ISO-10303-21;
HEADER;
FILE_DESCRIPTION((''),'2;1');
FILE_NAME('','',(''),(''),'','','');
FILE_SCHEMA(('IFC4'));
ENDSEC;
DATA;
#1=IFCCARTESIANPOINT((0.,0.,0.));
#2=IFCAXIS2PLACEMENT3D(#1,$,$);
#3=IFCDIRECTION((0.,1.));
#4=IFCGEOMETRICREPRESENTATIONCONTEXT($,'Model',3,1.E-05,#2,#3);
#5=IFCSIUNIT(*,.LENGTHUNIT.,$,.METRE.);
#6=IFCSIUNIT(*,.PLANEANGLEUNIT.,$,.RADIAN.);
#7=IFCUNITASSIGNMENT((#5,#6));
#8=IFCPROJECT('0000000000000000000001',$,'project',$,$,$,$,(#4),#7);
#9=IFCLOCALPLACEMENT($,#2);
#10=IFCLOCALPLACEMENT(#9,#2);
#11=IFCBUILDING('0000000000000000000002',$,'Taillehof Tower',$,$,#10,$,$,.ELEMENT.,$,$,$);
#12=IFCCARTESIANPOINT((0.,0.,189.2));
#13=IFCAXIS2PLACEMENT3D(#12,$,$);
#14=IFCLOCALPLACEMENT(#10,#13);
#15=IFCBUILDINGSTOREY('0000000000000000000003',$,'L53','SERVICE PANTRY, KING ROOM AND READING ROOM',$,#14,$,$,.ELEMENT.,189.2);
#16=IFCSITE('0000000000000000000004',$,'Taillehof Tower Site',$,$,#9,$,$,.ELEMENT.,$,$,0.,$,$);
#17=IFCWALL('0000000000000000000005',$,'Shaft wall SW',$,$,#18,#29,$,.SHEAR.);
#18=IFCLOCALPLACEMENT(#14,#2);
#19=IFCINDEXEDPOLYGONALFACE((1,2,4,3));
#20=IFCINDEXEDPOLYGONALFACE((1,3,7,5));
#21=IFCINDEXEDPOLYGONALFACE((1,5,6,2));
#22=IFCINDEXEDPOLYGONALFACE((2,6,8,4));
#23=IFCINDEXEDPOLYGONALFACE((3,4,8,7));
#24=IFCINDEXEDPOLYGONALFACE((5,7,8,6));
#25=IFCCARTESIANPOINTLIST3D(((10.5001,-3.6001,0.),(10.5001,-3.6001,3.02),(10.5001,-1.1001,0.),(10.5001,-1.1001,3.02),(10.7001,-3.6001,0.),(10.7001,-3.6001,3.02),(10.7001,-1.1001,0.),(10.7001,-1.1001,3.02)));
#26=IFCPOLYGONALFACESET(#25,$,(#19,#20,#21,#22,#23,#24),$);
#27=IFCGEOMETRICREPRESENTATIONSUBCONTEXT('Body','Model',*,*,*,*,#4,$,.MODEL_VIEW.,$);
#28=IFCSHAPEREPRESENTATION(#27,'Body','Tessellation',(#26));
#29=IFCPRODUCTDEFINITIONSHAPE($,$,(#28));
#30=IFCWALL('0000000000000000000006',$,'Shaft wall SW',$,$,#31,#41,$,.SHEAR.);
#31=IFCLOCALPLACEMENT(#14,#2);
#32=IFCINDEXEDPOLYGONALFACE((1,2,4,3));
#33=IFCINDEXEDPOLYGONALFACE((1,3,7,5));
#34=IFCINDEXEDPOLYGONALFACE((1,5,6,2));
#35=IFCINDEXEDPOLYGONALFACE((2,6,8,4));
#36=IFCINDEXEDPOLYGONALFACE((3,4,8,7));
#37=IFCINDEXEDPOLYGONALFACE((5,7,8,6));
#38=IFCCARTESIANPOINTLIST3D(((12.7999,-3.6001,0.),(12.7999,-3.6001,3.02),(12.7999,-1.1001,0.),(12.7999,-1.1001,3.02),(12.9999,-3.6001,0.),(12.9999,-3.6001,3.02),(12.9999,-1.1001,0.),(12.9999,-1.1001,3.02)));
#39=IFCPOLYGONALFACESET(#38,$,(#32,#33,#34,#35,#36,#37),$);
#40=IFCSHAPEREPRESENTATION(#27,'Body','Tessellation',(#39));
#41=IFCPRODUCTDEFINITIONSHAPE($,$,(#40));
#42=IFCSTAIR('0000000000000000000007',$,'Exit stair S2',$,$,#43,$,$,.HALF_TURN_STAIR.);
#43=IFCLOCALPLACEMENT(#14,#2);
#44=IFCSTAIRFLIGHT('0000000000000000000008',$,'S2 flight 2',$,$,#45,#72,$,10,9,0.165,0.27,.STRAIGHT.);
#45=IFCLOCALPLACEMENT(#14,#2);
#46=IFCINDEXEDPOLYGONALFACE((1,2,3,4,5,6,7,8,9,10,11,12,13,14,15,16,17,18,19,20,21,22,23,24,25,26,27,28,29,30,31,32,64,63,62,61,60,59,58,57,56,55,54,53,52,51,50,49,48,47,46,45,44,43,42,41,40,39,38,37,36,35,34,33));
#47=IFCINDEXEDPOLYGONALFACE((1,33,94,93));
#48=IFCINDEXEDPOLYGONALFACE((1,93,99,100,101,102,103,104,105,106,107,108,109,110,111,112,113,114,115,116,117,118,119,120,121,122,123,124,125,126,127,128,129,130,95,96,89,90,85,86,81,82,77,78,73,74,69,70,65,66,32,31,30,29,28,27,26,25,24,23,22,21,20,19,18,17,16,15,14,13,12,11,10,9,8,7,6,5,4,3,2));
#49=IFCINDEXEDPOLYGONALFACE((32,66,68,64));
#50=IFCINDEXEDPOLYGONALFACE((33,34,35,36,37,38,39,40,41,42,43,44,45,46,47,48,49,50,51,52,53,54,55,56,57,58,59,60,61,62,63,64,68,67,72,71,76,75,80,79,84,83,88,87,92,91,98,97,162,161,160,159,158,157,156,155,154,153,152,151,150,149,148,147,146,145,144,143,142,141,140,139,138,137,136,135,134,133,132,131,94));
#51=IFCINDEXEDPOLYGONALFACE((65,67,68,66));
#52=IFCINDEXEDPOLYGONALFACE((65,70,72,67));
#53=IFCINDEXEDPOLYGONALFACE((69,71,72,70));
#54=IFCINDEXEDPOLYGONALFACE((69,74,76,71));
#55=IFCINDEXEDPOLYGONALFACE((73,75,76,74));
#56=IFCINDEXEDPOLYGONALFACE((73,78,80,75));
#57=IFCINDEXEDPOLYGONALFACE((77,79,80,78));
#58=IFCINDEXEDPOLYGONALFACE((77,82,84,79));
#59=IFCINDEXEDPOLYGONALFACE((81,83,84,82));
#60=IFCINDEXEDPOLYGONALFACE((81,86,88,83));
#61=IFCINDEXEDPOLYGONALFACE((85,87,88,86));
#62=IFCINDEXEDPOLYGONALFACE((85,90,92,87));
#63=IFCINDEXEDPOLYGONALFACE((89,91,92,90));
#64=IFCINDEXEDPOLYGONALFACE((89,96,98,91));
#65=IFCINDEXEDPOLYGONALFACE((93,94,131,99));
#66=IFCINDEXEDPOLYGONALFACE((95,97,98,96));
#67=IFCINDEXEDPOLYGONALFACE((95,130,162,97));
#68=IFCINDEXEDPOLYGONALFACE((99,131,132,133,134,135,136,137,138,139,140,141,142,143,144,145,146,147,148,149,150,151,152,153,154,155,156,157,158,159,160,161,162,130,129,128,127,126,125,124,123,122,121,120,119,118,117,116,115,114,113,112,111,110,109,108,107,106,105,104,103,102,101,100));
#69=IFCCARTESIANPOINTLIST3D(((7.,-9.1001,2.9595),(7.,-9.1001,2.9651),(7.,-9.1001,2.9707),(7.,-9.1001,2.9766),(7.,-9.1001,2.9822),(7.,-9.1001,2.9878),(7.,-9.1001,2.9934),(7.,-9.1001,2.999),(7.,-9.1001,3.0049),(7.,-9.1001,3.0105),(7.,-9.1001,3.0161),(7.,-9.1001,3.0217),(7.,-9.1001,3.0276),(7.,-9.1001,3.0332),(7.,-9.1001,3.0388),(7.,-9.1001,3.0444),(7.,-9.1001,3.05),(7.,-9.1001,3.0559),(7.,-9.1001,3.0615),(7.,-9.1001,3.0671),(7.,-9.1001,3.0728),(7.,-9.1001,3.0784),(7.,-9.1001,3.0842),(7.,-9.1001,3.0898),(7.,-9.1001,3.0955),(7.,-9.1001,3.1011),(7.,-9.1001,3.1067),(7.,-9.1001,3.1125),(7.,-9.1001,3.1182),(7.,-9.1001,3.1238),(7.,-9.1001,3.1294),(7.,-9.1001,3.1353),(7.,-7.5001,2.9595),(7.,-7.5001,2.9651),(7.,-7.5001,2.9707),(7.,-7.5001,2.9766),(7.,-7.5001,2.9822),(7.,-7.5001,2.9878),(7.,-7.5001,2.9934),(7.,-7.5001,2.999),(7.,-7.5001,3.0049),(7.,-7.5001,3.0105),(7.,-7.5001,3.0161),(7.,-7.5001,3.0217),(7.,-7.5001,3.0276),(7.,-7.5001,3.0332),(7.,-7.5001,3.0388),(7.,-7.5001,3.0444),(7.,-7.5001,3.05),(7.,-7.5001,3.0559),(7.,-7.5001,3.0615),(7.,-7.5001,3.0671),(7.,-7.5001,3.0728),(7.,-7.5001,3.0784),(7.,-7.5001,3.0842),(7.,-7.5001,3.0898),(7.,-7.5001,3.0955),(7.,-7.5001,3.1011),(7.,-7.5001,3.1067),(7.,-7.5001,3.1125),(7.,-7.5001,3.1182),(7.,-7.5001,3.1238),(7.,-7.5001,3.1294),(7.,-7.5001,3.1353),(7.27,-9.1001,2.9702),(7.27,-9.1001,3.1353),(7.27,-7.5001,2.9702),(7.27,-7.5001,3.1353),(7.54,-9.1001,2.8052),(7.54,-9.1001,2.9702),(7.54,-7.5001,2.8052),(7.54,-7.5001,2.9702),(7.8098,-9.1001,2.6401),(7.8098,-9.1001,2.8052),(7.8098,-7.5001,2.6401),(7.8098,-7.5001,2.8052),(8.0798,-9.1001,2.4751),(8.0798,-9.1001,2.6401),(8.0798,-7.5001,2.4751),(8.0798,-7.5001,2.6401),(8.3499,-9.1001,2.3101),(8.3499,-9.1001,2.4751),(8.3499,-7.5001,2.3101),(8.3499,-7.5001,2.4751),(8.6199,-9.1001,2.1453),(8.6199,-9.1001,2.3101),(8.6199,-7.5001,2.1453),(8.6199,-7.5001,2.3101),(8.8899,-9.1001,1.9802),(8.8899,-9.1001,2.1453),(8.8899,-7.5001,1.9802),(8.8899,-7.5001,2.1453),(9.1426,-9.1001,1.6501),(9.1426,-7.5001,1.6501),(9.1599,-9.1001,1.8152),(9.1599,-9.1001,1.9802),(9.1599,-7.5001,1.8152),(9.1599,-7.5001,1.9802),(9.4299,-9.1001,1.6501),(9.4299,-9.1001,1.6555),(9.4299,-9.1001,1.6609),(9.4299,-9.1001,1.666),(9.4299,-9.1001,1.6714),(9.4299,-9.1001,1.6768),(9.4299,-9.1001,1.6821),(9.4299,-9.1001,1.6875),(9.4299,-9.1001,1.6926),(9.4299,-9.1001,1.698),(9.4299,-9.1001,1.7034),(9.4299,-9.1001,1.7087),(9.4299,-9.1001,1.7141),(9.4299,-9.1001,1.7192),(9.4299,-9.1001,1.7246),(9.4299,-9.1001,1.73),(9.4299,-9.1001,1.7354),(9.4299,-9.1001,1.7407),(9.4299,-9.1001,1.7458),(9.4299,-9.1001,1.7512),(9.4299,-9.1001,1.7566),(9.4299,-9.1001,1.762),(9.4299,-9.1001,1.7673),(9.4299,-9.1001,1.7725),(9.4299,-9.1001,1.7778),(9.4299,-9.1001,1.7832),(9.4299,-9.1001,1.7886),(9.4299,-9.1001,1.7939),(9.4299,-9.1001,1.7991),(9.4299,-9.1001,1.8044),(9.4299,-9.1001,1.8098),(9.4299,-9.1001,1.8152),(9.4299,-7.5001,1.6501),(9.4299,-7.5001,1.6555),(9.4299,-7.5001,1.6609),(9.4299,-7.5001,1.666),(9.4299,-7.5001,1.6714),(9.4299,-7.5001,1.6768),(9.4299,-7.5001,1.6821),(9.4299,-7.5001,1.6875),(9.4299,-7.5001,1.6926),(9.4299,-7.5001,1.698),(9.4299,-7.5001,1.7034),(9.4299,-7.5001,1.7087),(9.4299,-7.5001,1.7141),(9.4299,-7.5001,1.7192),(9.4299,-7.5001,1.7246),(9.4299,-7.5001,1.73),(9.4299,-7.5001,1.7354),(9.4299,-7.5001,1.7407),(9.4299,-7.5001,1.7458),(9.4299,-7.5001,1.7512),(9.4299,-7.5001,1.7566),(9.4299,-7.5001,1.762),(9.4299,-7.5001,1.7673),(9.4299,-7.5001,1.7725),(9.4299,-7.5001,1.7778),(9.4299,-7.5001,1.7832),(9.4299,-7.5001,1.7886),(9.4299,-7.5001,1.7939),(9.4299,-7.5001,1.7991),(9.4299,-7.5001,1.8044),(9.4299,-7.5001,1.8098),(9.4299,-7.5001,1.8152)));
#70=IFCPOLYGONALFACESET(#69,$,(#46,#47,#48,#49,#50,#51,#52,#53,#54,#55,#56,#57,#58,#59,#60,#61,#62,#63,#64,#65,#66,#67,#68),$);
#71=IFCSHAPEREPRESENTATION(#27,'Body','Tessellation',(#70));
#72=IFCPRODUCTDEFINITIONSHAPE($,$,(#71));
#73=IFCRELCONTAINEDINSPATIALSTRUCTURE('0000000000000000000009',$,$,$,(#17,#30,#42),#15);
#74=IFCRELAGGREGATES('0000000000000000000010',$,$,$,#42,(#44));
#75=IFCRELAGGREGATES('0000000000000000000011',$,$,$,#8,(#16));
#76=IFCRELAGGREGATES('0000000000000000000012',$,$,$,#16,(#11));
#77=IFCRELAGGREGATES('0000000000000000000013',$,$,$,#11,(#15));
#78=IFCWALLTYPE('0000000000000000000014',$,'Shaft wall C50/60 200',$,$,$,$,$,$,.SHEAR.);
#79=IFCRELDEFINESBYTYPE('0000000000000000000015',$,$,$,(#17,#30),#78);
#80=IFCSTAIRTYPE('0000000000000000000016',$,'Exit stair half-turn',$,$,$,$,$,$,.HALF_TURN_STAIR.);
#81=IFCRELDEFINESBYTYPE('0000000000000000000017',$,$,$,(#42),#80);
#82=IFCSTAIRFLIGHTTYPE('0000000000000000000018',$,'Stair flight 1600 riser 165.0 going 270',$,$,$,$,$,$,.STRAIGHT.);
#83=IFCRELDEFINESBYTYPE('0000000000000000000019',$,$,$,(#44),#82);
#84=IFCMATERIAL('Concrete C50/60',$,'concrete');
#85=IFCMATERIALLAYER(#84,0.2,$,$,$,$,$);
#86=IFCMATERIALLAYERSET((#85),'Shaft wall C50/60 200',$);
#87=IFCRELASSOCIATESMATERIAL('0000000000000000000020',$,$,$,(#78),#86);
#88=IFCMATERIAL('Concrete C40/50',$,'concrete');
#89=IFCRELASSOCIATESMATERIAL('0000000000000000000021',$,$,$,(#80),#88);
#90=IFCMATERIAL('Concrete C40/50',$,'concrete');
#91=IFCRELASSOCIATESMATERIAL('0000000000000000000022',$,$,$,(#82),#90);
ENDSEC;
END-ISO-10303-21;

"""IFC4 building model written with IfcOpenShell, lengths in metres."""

from ifc_helpers import new_model, si_unit, direction, frame, frame_2d, origin, place, context, subcontext, project, spatial, polyline, rectangle, outline, extrude, material, layer, layer_set, type_object, element, aggregate, save


model = new_model("IFC4")

# Units and contexts
model_context = context("Model", 3, precision=1e-05, world=origin(), true_north=direction((0.0, 1.0)))
body_context = subcontext(model_context, "Body", "Model", "MODEL_VIEW")
ifc_project = project(units=[si_unit("LENGTHUNIT", "METRE"), si_unit("PLANEANGLEUNIT", "RADIAN")], contexts=[model_context])

# Site, building, storey
site_placement = place(None, origin())
site = spatial("IfcSite", under=ifc_project, at=site_placement, Name="Taillehof Tower Site", CompositionType="ELEMENT", RefElevation=0.0)
building_placement = place(site_placement, origin())
building = spatial("IfcBuilding", under=site, at=building_placement, Name="Taillehof Tower", CompositionType="ELEMENT")
storey_placement = place(building_placement, frame((0.0, 0.0, 189.2)))
storey = spatial("IfcBuildingStorey", under=building, at=storey_placement, Name="L53", Description="SERVICE PANTRY, KING ROOM AND READING ROOM", CompositionType="ELEMENT", Elevation=189.2)

# Walls
ifc_material_1 = material(Name="Concrete C50/60", Category="concrete")
ifc_layer_1 = layer(ifc_material_1, 0.2)
ifc_layer_set_1 = layer_set([ifc_layer_1], Name="Shaft wall C50/60 200")
wall_type_1 = type_object("IfcWallType", Name="Shaft wall C50/60 200", PredefinedType="SHEAR", material=ifc_layer_set_1)
for number, where, z_axis, x_axis, name in (
    (1, (10.6001, -3.6001, 0.0), (0.0, 0.0, 1.0), (0.0, 1.0, 0.0), "Shaft wall SW"),
    (2, (12.8999, -3.6001, 0.0), (0.0, 0.0, 1.0), (0.0, 1.0, 0.0), "Shaft wall SW"),
):
    element("IfcWall", number, at=place(storey_placement, frame(where, z_axis=z_axis, x_axis=x_axis)), inside=storey, type_object=wall_type_1, Name=name, PredefinedType="SHEAR", context=body_context, shape_type="SweptSolid", body=[
        extrude(rectangle(XDim=2.5, YDim=0.2, at=frame_2d((1.25, 0.0))), origin(), (0.0, 0.0, 1.0), 3.02),
    ])

# Stair, stair flight
ifc_material_2 = material(Name="Concrete C40/50", Category="concrete")
stair_type = type_object("IfcStairType", Name="Exit stair half-turn", PredefinedType="HALF_TURN_STAIR", material=ifc_material_2)
stair_placement = place(storey_placement, origin())
stair = element("IfcStair", 3, at=stair_placement, inside=storey, type_object=stair_type, Name="Exit stair S2", PredefinedType="HALF_TURN_STAIR")
ifc_material_3 = material(Name="Concrete C40/50", Category="concrete")
stair_flight_type = type_object("IfcStairFlightType", Name="Stair flight 1600 riser 165.0 going 270", PredefinedType="STRAIGHT", material=ifc_material_3)
stair_flight_placement = place(storey_placement, frame((9.4299, -8.3, 1.6501), z_axis=(0.0, 0.0, 1.0), x_axis=(-1.0, 0.0, 0.0)))
stair_flight = element("IfcStairFlight", 4, at=stair_flight_placement, type_object=stair_flight_type, Name="S2 flight 2", NumberOfRisers=10, NumberOfTreads=9, PredefinedType="STRAIGHT", RiserHeight=0.165, TreadLength=0.27, context=body_context, shape_type="SweptSolid", body=[
    extrude(outline(polyline([(0.0, 0.0), (0.0, 0.0054), (0.0, 0.0107), (0.0, 0.0159), (0.0, 0.0212), (0.0, 0.0266), (0.0, 0.032), (0.0, 0.0374), (0.0, 0.0425), (0.0, 0.0479), (0.0, 0.0532), (0.0, 0.0586), (0.0, 0.064), (0.0, 0.0691), (0.0, 0.0745), (0.0, 0.0798), (0.0, 0.0852), (0.0, 0.0906), (0.0, 0.0957), (0.0, 0.1011), (0.0, 0.1064), (0.0, 0.1118), (0.0, 0.1172), (0.0, 0.1223), (0.0, 0.1277), (0.0, 0.1331), (0.0, 0.1384), (0.0, 0.1438), (0.0, 0.1489), (0.0, 0.1543), (0.0, 0.1597), (0.0, 0.165), (0.27, 0.165), (0.27, 0.3301), (0.54, 0.3301), (0.54, 0.4951), (0.8101, 0.4951), (0.8101, 0.6599), (1.0801, 0.6599), (1.0801, 0.825), (1.3501, 0.825), (1.3501, 0.99), (1.6201, 0.99), (1.6201, 1.155), (1.8899, 1.155), (1.8899, 1.3201), (2.1599, 1.3201), (2.1599, 1.4851), (2.4299, 1.4851), (2.4299, 1.4792), (2.4299, 1.4736), (2.4299, 1.468), (2.4299, 1.4624), (2.4299, 1.4565), (2.4299, 1.4509), (2.4299, 1.4453), (2.4299, 1.4397), (2.4299, 1.4341), (2.4299, 1.4282), (2.4299, 1.4226), (2.4299, 1.417), (2.4299, 1.4114), (2.4299, 1.4058), (2.4299, 1.3999), (2.4299, 1.3943), (2.4299, 1.3887), (2.4299, 1.3831), (2.4299, 1.3774), (2.4299, 1.3716), (2.4299, 1.366), (2.4299, 1.3604), (2.4299, 1.3547), (2.4299, 1.3489), (2.4299, 1.3433), (2.4299, 1.3376), (2.4299, 1.332), (2.4299, 1.3264), (2.4299, 1.3206), (2.4299, 1.3149), (2.4299, 1.3093), (0.2874, 0.0), (0.0, 0.0)])), frame((0.0, 0.8, 0.0), z_axis=(0.0, -1.0, 0.0), x_axis=(1.0, 0.0, 0.0)), (0.0, 0.0, 1.0), 1.6),
])
aggregate(stair, [stair_flight])

save(model, "model.ifc")
